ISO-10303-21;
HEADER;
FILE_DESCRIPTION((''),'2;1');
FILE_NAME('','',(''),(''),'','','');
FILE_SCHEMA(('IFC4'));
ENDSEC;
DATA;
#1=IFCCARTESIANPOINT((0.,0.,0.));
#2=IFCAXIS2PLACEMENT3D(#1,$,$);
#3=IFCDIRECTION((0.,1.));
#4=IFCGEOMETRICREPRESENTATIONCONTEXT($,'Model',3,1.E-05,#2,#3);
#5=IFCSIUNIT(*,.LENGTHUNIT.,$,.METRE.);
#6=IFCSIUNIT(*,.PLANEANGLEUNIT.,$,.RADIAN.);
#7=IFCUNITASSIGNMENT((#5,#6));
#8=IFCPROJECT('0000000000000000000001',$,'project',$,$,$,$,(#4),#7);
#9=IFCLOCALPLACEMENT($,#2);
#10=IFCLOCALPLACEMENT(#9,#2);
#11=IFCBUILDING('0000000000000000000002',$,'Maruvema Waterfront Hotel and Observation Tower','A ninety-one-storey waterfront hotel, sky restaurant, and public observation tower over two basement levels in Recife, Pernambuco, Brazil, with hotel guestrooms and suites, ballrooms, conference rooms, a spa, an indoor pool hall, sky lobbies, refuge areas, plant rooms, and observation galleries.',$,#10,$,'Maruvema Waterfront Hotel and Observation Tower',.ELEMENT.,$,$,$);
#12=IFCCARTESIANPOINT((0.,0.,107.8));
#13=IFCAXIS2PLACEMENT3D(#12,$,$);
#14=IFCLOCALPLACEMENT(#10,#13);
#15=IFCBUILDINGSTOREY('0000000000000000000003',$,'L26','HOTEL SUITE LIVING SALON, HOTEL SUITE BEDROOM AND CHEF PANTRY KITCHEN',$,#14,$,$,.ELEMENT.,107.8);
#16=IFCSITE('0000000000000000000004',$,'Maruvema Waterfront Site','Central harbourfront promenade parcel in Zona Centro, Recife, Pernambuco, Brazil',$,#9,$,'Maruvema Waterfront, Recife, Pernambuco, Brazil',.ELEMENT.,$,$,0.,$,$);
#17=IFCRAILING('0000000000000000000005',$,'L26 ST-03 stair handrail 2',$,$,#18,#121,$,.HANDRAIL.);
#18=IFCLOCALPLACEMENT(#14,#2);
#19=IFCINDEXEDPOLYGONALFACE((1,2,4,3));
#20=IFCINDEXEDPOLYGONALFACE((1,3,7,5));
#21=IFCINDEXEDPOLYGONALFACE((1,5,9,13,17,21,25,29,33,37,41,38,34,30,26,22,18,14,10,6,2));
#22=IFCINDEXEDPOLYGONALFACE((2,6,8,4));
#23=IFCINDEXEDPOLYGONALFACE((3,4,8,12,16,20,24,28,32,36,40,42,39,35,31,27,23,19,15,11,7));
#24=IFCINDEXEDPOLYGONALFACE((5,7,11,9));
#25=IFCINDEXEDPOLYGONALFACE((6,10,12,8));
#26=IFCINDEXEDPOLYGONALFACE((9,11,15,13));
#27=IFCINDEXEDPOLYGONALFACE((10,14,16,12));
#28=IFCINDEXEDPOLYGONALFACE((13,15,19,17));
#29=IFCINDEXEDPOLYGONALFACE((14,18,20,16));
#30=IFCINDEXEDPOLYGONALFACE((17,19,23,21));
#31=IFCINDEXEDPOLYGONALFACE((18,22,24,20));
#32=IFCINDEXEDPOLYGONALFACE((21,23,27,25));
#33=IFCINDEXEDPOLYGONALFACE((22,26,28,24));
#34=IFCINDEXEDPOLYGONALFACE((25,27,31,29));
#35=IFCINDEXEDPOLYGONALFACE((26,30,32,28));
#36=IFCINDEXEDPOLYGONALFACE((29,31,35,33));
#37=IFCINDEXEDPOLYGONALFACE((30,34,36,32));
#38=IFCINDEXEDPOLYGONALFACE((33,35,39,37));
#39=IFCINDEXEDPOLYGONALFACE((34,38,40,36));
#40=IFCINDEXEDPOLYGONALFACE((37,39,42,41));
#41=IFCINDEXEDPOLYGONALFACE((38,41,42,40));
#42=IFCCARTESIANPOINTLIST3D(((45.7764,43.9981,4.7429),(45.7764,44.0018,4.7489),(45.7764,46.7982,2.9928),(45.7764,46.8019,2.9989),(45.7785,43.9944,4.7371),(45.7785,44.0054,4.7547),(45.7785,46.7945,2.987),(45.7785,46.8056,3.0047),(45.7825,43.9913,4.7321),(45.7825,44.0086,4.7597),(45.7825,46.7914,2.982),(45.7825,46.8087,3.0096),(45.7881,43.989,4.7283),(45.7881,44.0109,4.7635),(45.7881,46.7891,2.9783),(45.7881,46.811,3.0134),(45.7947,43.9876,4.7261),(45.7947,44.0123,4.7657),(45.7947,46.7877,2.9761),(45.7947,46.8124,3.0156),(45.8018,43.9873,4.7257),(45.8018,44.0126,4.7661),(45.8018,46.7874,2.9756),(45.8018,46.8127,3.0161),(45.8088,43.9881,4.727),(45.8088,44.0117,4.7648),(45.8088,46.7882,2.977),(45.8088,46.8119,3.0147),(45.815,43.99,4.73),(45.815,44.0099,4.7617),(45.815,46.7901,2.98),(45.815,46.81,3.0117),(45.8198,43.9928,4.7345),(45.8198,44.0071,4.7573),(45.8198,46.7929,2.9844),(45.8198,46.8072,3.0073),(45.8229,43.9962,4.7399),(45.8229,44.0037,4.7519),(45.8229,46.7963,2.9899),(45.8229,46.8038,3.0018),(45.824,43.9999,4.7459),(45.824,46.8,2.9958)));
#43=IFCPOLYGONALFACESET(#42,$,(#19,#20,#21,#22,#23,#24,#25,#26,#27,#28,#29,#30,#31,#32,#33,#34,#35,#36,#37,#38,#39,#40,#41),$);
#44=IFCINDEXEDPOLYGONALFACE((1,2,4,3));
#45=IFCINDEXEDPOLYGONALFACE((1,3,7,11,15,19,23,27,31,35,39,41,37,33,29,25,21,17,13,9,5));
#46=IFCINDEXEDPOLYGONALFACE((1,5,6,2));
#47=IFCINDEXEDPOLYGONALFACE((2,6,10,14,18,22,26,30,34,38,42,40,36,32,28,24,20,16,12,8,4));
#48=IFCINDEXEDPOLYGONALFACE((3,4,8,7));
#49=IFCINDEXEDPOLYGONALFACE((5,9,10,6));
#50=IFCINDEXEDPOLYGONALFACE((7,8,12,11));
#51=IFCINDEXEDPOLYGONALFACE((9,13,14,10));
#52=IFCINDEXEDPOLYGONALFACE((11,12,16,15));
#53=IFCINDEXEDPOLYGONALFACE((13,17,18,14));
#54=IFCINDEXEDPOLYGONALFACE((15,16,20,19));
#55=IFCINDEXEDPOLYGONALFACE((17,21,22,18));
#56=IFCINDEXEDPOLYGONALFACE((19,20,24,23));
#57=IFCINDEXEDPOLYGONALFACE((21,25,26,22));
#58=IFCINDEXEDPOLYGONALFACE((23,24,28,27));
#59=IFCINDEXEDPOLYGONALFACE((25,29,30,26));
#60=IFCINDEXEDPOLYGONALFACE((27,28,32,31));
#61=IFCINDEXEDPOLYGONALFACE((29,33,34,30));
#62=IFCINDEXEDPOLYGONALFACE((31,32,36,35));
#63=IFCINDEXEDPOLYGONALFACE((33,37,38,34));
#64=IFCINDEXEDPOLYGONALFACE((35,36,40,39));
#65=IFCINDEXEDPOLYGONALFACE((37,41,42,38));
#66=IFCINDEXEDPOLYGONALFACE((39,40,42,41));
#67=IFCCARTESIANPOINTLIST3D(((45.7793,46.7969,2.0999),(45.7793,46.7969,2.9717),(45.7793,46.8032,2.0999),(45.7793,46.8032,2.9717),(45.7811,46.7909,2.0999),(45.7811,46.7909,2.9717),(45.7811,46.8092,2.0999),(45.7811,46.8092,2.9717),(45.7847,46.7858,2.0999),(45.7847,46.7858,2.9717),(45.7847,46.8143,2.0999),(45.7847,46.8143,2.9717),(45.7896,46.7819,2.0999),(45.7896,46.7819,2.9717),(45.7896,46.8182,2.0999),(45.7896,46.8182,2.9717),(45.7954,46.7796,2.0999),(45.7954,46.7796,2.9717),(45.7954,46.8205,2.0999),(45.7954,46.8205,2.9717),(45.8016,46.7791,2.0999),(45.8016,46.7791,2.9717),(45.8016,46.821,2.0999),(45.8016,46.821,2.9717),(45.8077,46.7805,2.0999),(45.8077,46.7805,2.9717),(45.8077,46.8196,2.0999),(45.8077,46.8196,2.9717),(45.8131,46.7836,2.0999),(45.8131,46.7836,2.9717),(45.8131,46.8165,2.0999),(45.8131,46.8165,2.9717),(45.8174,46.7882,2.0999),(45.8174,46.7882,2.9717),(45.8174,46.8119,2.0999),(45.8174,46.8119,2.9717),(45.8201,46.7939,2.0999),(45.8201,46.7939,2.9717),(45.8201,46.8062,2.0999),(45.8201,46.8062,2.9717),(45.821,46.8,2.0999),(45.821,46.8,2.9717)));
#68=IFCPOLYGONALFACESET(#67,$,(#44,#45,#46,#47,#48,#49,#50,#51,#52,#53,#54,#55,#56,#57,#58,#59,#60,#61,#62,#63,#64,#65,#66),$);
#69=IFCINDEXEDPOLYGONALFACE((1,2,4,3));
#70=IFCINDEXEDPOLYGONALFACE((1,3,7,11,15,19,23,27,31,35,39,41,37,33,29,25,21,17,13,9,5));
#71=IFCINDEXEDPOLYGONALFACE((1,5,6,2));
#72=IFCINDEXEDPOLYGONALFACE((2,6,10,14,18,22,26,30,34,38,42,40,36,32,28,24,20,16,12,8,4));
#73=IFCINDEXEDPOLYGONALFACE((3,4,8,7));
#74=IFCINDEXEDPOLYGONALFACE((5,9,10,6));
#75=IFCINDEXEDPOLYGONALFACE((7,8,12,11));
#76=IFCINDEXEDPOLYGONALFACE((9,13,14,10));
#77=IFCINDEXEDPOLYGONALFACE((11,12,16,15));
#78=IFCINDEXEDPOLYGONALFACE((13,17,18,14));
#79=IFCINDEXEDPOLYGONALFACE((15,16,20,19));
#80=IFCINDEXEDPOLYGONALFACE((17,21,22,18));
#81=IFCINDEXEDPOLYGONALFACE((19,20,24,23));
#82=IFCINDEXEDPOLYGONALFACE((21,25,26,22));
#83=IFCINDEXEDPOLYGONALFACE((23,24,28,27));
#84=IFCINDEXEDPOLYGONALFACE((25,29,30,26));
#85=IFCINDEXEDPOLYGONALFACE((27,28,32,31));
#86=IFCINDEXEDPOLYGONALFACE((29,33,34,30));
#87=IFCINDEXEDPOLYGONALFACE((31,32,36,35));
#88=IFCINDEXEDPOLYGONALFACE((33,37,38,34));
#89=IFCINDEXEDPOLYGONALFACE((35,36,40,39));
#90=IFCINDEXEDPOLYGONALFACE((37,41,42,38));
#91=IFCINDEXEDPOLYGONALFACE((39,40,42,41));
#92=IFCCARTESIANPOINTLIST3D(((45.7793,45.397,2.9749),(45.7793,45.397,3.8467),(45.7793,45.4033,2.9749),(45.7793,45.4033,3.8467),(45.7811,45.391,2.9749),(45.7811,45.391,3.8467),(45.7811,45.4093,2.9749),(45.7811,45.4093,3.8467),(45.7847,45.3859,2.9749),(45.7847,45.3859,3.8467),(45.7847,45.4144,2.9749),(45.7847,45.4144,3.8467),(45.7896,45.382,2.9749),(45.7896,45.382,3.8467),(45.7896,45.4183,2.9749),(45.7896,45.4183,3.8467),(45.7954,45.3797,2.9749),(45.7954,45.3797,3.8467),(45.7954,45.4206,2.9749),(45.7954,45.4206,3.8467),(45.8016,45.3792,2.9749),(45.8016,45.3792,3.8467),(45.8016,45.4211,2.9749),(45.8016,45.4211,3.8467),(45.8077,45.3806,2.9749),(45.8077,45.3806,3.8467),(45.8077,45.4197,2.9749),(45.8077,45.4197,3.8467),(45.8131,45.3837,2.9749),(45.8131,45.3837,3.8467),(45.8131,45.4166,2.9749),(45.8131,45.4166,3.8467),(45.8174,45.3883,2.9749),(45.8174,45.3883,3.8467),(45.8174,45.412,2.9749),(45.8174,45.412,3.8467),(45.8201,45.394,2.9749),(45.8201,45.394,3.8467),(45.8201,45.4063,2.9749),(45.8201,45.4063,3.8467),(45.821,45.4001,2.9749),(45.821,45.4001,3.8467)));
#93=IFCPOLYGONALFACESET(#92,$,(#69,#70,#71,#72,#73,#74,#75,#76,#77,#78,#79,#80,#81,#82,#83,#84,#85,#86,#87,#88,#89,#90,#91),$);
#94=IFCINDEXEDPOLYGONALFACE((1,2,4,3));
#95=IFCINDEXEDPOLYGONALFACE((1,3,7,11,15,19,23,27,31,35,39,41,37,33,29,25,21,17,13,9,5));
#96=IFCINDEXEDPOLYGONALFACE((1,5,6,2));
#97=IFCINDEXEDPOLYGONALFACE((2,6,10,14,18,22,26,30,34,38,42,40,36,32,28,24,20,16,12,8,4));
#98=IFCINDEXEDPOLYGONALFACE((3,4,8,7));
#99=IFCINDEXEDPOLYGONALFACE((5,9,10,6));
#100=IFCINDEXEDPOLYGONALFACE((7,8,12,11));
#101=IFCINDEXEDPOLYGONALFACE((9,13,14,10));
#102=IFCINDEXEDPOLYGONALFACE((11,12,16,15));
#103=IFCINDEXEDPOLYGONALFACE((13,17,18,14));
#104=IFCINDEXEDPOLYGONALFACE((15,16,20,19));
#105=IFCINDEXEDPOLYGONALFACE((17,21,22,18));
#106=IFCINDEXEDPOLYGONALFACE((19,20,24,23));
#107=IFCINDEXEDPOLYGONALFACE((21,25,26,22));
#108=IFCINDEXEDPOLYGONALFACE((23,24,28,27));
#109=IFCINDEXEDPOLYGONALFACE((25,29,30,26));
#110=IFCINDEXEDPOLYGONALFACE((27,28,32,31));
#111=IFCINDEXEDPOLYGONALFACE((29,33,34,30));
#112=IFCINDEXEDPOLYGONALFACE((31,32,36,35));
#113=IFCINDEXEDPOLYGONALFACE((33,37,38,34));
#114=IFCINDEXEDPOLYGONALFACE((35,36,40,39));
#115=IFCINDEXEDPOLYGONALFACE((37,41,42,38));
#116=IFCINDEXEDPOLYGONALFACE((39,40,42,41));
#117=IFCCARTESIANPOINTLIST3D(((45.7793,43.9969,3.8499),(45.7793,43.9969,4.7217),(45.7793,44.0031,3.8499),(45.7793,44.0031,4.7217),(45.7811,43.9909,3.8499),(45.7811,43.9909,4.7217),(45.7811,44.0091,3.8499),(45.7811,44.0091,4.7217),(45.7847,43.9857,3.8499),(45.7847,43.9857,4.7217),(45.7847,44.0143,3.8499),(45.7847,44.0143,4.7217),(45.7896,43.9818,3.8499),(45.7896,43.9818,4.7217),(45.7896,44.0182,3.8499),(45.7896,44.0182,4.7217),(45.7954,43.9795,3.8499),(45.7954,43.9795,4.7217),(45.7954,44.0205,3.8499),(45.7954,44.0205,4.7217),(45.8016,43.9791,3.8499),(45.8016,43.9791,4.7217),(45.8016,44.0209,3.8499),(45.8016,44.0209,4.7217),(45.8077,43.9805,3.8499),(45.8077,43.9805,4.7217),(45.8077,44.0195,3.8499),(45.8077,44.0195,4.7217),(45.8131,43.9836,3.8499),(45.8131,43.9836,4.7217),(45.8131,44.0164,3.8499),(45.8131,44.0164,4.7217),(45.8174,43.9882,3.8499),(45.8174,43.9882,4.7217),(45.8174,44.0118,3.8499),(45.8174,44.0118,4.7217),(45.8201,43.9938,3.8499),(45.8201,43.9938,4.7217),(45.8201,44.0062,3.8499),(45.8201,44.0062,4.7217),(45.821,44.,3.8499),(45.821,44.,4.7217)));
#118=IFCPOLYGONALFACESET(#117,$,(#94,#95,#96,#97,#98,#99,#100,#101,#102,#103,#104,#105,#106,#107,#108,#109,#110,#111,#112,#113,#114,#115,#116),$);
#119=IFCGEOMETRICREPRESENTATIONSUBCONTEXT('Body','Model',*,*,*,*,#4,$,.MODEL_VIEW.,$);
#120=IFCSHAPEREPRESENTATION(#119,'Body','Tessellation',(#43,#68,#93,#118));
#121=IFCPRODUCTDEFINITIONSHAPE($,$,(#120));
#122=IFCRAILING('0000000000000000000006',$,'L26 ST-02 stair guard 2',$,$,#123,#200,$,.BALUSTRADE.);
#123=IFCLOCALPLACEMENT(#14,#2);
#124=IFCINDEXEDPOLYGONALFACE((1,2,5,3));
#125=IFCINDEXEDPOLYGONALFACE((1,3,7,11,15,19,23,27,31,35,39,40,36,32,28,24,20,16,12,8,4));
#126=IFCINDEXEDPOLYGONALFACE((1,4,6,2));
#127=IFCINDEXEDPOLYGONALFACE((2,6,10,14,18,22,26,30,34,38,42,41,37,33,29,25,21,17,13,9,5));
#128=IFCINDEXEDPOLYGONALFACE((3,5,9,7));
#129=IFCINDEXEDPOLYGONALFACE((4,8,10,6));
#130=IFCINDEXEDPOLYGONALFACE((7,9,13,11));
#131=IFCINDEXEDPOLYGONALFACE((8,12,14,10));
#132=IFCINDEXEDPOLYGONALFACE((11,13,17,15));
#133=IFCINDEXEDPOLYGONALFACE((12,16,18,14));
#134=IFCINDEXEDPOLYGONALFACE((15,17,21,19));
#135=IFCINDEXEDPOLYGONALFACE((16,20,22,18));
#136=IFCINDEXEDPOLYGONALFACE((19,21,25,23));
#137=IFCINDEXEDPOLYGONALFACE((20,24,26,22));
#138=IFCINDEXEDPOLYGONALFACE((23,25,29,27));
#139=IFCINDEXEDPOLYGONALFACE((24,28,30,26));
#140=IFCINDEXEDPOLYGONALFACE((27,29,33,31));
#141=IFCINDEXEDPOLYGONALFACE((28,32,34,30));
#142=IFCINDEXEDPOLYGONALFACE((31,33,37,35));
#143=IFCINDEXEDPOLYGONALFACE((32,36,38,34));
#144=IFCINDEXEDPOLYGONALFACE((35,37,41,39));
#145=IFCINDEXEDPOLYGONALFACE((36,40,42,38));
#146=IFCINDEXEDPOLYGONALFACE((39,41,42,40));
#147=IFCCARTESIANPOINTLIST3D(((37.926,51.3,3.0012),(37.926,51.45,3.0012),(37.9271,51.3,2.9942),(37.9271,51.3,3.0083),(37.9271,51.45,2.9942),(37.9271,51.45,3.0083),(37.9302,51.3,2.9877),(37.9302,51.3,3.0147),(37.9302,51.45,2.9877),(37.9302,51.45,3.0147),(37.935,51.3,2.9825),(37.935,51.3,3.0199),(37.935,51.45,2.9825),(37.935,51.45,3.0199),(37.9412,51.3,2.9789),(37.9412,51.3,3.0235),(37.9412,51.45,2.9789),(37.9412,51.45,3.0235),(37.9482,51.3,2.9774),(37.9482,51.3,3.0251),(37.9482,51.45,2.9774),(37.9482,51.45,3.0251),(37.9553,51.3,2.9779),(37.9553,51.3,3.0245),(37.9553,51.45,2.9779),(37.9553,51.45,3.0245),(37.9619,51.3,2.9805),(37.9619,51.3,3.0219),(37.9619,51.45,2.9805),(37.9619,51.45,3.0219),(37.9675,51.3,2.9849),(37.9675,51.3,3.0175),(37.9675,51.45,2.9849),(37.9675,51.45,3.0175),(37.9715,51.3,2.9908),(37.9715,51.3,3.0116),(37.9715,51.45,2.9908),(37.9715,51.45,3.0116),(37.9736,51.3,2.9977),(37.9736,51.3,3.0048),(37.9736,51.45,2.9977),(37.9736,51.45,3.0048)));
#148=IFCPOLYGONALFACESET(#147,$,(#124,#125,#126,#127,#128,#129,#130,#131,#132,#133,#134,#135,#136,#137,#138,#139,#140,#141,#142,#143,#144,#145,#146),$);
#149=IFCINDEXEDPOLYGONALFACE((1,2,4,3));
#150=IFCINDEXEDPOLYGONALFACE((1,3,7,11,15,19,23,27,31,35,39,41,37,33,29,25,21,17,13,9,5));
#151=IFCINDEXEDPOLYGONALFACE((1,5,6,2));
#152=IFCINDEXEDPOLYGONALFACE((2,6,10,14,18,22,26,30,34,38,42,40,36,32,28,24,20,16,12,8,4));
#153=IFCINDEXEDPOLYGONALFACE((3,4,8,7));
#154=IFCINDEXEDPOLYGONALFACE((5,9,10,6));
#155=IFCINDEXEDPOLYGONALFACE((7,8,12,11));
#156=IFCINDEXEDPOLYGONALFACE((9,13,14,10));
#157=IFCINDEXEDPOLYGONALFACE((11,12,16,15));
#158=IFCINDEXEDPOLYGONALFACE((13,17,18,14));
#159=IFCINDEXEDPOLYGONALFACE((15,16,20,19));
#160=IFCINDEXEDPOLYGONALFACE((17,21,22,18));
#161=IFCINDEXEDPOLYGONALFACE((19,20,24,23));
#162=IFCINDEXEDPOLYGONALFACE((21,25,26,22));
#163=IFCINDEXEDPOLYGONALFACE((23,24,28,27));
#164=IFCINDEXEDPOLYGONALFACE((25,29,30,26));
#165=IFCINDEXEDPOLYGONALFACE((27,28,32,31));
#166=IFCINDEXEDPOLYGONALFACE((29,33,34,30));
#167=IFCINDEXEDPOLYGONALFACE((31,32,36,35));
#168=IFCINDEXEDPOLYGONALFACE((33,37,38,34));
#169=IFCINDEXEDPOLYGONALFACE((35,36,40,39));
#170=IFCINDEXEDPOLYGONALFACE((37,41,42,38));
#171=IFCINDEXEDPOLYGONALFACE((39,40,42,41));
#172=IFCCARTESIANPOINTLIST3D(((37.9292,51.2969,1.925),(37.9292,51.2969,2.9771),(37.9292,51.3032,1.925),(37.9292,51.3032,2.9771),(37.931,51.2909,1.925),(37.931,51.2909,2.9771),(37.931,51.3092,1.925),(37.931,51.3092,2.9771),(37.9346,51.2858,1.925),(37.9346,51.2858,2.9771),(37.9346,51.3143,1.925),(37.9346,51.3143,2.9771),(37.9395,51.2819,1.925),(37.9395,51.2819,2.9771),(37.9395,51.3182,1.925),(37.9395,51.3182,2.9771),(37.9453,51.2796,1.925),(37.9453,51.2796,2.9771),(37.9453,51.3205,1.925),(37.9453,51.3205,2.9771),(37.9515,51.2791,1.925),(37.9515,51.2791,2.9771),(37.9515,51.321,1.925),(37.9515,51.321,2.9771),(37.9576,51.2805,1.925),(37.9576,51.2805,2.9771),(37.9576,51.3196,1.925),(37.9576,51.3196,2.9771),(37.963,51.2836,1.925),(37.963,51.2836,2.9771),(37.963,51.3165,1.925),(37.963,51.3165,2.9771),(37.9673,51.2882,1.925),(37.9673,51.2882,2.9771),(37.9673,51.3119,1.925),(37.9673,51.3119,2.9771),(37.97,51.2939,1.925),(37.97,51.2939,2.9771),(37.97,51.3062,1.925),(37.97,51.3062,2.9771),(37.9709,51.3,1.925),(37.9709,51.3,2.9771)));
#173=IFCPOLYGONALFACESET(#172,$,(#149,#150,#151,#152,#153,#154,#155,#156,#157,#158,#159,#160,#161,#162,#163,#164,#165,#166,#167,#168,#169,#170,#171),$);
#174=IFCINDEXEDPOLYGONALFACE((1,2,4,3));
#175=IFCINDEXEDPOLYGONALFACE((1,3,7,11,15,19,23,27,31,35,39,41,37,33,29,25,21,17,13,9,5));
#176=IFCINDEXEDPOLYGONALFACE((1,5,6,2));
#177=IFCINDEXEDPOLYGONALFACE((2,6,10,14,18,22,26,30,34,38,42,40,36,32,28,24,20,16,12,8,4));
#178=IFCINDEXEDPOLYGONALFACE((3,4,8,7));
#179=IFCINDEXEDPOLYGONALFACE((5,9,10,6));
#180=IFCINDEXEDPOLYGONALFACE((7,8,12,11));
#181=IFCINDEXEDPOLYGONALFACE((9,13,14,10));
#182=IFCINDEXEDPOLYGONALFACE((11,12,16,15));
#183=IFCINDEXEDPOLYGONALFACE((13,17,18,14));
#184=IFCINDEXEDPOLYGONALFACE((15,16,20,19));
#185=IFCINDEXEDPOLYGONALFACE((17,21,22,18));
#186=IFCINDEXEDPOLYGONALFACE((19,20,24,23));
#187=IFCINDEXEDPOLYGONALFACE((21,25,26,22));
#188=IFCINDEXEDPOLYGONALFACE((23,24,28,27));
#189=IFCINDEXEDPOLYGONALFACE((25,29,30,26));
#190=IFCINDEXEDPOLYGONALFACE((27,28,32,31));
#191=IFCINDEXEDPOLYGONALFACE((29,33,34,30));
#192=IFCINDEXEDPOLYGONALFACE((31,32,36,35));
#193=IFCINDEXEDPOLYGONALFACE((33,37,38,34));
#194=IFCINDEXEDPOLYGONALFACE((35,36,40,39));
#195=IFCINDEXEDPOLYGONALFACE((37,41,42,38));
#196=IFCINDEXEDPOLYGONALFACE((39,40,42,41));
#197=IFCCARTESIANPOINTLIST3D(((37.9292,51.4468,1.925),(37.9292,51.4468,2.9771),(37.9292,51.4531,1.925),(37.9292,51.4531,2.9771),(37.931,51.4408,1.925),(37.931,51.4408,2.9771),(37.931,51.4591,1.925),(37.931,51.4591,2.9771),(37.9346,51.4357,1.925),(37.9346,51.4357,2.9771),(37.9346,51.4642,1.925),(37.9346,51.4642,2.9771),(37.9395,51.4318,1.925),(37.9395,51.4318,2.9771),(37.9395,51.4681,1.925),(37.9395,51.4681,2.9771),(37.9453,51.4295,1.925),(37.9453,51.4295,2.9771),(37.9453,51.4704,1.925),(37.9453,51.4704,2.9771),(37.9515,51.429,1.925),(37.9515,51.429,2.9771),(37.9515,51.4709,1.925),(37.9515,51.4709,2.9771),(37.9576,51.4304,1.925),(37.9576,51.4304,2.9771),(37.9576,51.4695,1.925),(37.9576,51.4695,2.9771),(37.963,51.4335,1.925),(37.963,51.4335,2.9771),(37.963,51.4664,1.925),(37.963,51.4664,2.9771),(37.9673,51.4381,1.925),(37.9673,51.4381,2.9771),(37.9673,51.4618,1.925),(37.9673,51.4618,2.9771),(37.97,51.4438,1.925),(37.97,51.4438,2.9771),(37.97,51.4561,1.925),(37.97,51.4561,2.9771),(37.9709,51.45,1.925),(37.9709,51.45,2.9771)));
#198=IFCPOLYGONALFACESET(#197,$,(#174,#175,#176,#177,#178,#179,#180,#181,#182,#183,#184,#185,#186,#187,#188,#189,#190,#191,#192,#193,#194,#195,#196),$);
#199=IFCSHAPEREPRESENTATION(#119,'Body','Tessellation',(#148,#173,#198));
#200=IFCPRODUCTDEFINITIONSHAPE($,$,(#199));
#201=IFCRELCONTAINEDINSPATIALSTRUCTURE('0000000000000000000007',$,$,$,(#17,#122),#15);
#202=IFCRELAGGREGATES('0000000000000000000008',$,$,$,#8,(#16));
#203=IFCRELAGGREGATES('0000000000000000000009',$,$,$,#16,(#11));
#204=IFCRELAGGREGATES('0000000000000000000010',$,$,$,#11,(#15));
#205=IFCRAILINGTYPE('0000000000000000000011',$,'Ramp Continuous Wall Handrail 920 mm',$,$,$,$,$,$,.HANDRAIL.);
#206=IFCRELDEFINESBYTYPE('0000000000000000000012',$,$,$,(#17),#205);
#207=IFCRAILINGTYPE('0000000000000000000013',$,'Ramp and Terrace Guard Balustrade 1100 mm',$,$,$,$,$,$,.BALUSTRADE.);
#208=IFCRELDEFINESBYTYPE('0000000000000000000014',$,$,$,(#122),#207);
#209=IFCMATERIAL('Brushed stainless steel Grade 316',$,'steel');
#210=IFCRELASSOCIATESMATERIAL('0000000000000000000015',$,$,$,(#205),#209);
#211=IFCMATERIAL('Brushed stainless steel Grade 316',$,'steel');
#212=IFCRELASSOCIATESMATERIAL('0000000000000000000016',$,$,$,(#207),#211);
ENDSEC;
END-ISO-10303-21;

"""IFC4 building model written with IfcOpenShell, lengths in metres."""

from ifc_helpers import new_model, si_unit, direction, frame, origin, origin_2d, place, context, subcontext, project, spatial, circle, extrude, material, type_object, element, save


model = new_model("IFC4")

# Units and contexts
model_context = context("Model", 3, precision=1e-05, world=origin(), true_north=direction((0.0, 1.0)))
body_context = subcontext(model_context, "Body", "Model", "MODEL_VIEW")
ifc_project = project(units=[si_unit("LENGTHUNIT", "METRE"), si_unit("PLANEANGLEUNIT", "RADIAN")], contexts=[model_context])

# Site, building, storey
site_placement = place(None, origin())
site = spatial("IfcSite", under=ifc_project, at=site_placement, Name="Maruvema Waterfront Site", Description="Central harbourfront promenade parcel in Zona Centro, Recife, Pernambuco, Brazil", LongName="Maruvema Waterfront, Recife, Pernambuco, Brazil", CompositionType="ELEMENT", RefElevation=0.0)
building_placement = place(site_placement, origin())
building = spatial("IfcBuilding", under=site, at=building_placement, Name="Maruvema Waterfront Hotel and Observation Tower", Description="A ninety-one-storey waterfront hotel, sky restaurant, and public observation tower over two basement levels in Recife, Pernambuco, Brazil, with hotel guestrooms and suites, ballrooms, conference rooms, a spa, an indoor pool hall, sky lobbies, refuge areas, plant rooms, and observation galleries.", LongName="Maruvema Waterfront Hotel and Observation Tower", CompositionType="ELEMENT")
storey_placement = place(building_placement, frame((0.0, 0.0, 107.8)))
storey = spatial("IfcBuildingStorey", under=building, at=storey_placement, Name="L26", Description="HOTEL SUITE LIVING SALON, HOTEL SUITE BEDROOM AND CHEF PANTRY KITCHEN", CompositionType="ELEMENT", Elevation=107.8)

# Railings
ifc_material_1 = material(Name="Brushed stainless steel Grade 316", Category="steel")
railing_type_1 = type_object("IfcRailingType", Name="Ramp Continuous Wall Handrail 920 mm", PredefinedType="HANDRAIL", material=ifc_material_1)
railing_1_placement = place(storey_placement, frame((45.8, 46.8, 2.0999)))
element("IfcRailing", 1, at=railing_1_placement, inside=storey, type_object=railing_type_1, Name="L26 ST-03 stair handrail 2", PredefinedType="HANDRAIL", context=body_context, shape_type="SweptSolid", body=[
    extrude(circle(Radius=0.0239, at=origin_2d()), frame((0.0, 0.0, 0.896), z_axis=(0.0, -0.848002, 0.529992), x_axis=(1.0, 0.0, 0.0)), (0.0, 0.0, 1.0), 3.302),
    extrude(circle(Radius=0.021, at=origin_2d()), origin(), (0.0, 0.0, 1.0), 0.8718),
    extrude(circle(Radius=0.021, at=origin_2d()), frame((0.0, -1.3999, 0.875)), (0.0, 0.0, 1.0), 0.8718),
    extrude(circle(Radius=0.021, at=origin_2d()), frame((0.0, -2.8, 1.75)), (0.0, 0.0, 1.0), 0.8718),
])
ifc_material_2 = material(Name="Brushed stainless steel Grade 316", Category="steel")
railing_type_2 = type_object("IfcRailingType", Name="Ramp and Terrace Guard Balustrade 1100 mm", PredefinedType="BALUSTRADE", material=ifc_material_2)
railing_2_placement = place(storey_placement, frame((37.95, 51.3, 1.925)))
element("IfcRailing", 2, at=railing_2_placement, inside=storey, type_object=railing_type_2, Name="L26 ST-02 stair guard 2", PredefinedType="BALUSTRADE", context=body_context, shape_type="SweptSolid", body=[
    extrude(circle(Radius=0.0239, at=origin_2d()), frame((0.0, 0.0, 1.0762), z_axis=(0.0, 1.0, 0.0), x_axis=(-1.0, 0.0, 0.0)), (0.0, 0.0, 1.0), 0.1499),
    extrude(circle(Radius=0.021, at=origin_2d()), origin(), (0.0, 0.0, 1.0), 1.052),
    extrude(circle(Radius=0.021, at=origin_2d()), frame((0.0, 0.1499, 0.0)), (0.0, 0.0, 1.0), 1.052),
])

save(model, "model.ifc")
